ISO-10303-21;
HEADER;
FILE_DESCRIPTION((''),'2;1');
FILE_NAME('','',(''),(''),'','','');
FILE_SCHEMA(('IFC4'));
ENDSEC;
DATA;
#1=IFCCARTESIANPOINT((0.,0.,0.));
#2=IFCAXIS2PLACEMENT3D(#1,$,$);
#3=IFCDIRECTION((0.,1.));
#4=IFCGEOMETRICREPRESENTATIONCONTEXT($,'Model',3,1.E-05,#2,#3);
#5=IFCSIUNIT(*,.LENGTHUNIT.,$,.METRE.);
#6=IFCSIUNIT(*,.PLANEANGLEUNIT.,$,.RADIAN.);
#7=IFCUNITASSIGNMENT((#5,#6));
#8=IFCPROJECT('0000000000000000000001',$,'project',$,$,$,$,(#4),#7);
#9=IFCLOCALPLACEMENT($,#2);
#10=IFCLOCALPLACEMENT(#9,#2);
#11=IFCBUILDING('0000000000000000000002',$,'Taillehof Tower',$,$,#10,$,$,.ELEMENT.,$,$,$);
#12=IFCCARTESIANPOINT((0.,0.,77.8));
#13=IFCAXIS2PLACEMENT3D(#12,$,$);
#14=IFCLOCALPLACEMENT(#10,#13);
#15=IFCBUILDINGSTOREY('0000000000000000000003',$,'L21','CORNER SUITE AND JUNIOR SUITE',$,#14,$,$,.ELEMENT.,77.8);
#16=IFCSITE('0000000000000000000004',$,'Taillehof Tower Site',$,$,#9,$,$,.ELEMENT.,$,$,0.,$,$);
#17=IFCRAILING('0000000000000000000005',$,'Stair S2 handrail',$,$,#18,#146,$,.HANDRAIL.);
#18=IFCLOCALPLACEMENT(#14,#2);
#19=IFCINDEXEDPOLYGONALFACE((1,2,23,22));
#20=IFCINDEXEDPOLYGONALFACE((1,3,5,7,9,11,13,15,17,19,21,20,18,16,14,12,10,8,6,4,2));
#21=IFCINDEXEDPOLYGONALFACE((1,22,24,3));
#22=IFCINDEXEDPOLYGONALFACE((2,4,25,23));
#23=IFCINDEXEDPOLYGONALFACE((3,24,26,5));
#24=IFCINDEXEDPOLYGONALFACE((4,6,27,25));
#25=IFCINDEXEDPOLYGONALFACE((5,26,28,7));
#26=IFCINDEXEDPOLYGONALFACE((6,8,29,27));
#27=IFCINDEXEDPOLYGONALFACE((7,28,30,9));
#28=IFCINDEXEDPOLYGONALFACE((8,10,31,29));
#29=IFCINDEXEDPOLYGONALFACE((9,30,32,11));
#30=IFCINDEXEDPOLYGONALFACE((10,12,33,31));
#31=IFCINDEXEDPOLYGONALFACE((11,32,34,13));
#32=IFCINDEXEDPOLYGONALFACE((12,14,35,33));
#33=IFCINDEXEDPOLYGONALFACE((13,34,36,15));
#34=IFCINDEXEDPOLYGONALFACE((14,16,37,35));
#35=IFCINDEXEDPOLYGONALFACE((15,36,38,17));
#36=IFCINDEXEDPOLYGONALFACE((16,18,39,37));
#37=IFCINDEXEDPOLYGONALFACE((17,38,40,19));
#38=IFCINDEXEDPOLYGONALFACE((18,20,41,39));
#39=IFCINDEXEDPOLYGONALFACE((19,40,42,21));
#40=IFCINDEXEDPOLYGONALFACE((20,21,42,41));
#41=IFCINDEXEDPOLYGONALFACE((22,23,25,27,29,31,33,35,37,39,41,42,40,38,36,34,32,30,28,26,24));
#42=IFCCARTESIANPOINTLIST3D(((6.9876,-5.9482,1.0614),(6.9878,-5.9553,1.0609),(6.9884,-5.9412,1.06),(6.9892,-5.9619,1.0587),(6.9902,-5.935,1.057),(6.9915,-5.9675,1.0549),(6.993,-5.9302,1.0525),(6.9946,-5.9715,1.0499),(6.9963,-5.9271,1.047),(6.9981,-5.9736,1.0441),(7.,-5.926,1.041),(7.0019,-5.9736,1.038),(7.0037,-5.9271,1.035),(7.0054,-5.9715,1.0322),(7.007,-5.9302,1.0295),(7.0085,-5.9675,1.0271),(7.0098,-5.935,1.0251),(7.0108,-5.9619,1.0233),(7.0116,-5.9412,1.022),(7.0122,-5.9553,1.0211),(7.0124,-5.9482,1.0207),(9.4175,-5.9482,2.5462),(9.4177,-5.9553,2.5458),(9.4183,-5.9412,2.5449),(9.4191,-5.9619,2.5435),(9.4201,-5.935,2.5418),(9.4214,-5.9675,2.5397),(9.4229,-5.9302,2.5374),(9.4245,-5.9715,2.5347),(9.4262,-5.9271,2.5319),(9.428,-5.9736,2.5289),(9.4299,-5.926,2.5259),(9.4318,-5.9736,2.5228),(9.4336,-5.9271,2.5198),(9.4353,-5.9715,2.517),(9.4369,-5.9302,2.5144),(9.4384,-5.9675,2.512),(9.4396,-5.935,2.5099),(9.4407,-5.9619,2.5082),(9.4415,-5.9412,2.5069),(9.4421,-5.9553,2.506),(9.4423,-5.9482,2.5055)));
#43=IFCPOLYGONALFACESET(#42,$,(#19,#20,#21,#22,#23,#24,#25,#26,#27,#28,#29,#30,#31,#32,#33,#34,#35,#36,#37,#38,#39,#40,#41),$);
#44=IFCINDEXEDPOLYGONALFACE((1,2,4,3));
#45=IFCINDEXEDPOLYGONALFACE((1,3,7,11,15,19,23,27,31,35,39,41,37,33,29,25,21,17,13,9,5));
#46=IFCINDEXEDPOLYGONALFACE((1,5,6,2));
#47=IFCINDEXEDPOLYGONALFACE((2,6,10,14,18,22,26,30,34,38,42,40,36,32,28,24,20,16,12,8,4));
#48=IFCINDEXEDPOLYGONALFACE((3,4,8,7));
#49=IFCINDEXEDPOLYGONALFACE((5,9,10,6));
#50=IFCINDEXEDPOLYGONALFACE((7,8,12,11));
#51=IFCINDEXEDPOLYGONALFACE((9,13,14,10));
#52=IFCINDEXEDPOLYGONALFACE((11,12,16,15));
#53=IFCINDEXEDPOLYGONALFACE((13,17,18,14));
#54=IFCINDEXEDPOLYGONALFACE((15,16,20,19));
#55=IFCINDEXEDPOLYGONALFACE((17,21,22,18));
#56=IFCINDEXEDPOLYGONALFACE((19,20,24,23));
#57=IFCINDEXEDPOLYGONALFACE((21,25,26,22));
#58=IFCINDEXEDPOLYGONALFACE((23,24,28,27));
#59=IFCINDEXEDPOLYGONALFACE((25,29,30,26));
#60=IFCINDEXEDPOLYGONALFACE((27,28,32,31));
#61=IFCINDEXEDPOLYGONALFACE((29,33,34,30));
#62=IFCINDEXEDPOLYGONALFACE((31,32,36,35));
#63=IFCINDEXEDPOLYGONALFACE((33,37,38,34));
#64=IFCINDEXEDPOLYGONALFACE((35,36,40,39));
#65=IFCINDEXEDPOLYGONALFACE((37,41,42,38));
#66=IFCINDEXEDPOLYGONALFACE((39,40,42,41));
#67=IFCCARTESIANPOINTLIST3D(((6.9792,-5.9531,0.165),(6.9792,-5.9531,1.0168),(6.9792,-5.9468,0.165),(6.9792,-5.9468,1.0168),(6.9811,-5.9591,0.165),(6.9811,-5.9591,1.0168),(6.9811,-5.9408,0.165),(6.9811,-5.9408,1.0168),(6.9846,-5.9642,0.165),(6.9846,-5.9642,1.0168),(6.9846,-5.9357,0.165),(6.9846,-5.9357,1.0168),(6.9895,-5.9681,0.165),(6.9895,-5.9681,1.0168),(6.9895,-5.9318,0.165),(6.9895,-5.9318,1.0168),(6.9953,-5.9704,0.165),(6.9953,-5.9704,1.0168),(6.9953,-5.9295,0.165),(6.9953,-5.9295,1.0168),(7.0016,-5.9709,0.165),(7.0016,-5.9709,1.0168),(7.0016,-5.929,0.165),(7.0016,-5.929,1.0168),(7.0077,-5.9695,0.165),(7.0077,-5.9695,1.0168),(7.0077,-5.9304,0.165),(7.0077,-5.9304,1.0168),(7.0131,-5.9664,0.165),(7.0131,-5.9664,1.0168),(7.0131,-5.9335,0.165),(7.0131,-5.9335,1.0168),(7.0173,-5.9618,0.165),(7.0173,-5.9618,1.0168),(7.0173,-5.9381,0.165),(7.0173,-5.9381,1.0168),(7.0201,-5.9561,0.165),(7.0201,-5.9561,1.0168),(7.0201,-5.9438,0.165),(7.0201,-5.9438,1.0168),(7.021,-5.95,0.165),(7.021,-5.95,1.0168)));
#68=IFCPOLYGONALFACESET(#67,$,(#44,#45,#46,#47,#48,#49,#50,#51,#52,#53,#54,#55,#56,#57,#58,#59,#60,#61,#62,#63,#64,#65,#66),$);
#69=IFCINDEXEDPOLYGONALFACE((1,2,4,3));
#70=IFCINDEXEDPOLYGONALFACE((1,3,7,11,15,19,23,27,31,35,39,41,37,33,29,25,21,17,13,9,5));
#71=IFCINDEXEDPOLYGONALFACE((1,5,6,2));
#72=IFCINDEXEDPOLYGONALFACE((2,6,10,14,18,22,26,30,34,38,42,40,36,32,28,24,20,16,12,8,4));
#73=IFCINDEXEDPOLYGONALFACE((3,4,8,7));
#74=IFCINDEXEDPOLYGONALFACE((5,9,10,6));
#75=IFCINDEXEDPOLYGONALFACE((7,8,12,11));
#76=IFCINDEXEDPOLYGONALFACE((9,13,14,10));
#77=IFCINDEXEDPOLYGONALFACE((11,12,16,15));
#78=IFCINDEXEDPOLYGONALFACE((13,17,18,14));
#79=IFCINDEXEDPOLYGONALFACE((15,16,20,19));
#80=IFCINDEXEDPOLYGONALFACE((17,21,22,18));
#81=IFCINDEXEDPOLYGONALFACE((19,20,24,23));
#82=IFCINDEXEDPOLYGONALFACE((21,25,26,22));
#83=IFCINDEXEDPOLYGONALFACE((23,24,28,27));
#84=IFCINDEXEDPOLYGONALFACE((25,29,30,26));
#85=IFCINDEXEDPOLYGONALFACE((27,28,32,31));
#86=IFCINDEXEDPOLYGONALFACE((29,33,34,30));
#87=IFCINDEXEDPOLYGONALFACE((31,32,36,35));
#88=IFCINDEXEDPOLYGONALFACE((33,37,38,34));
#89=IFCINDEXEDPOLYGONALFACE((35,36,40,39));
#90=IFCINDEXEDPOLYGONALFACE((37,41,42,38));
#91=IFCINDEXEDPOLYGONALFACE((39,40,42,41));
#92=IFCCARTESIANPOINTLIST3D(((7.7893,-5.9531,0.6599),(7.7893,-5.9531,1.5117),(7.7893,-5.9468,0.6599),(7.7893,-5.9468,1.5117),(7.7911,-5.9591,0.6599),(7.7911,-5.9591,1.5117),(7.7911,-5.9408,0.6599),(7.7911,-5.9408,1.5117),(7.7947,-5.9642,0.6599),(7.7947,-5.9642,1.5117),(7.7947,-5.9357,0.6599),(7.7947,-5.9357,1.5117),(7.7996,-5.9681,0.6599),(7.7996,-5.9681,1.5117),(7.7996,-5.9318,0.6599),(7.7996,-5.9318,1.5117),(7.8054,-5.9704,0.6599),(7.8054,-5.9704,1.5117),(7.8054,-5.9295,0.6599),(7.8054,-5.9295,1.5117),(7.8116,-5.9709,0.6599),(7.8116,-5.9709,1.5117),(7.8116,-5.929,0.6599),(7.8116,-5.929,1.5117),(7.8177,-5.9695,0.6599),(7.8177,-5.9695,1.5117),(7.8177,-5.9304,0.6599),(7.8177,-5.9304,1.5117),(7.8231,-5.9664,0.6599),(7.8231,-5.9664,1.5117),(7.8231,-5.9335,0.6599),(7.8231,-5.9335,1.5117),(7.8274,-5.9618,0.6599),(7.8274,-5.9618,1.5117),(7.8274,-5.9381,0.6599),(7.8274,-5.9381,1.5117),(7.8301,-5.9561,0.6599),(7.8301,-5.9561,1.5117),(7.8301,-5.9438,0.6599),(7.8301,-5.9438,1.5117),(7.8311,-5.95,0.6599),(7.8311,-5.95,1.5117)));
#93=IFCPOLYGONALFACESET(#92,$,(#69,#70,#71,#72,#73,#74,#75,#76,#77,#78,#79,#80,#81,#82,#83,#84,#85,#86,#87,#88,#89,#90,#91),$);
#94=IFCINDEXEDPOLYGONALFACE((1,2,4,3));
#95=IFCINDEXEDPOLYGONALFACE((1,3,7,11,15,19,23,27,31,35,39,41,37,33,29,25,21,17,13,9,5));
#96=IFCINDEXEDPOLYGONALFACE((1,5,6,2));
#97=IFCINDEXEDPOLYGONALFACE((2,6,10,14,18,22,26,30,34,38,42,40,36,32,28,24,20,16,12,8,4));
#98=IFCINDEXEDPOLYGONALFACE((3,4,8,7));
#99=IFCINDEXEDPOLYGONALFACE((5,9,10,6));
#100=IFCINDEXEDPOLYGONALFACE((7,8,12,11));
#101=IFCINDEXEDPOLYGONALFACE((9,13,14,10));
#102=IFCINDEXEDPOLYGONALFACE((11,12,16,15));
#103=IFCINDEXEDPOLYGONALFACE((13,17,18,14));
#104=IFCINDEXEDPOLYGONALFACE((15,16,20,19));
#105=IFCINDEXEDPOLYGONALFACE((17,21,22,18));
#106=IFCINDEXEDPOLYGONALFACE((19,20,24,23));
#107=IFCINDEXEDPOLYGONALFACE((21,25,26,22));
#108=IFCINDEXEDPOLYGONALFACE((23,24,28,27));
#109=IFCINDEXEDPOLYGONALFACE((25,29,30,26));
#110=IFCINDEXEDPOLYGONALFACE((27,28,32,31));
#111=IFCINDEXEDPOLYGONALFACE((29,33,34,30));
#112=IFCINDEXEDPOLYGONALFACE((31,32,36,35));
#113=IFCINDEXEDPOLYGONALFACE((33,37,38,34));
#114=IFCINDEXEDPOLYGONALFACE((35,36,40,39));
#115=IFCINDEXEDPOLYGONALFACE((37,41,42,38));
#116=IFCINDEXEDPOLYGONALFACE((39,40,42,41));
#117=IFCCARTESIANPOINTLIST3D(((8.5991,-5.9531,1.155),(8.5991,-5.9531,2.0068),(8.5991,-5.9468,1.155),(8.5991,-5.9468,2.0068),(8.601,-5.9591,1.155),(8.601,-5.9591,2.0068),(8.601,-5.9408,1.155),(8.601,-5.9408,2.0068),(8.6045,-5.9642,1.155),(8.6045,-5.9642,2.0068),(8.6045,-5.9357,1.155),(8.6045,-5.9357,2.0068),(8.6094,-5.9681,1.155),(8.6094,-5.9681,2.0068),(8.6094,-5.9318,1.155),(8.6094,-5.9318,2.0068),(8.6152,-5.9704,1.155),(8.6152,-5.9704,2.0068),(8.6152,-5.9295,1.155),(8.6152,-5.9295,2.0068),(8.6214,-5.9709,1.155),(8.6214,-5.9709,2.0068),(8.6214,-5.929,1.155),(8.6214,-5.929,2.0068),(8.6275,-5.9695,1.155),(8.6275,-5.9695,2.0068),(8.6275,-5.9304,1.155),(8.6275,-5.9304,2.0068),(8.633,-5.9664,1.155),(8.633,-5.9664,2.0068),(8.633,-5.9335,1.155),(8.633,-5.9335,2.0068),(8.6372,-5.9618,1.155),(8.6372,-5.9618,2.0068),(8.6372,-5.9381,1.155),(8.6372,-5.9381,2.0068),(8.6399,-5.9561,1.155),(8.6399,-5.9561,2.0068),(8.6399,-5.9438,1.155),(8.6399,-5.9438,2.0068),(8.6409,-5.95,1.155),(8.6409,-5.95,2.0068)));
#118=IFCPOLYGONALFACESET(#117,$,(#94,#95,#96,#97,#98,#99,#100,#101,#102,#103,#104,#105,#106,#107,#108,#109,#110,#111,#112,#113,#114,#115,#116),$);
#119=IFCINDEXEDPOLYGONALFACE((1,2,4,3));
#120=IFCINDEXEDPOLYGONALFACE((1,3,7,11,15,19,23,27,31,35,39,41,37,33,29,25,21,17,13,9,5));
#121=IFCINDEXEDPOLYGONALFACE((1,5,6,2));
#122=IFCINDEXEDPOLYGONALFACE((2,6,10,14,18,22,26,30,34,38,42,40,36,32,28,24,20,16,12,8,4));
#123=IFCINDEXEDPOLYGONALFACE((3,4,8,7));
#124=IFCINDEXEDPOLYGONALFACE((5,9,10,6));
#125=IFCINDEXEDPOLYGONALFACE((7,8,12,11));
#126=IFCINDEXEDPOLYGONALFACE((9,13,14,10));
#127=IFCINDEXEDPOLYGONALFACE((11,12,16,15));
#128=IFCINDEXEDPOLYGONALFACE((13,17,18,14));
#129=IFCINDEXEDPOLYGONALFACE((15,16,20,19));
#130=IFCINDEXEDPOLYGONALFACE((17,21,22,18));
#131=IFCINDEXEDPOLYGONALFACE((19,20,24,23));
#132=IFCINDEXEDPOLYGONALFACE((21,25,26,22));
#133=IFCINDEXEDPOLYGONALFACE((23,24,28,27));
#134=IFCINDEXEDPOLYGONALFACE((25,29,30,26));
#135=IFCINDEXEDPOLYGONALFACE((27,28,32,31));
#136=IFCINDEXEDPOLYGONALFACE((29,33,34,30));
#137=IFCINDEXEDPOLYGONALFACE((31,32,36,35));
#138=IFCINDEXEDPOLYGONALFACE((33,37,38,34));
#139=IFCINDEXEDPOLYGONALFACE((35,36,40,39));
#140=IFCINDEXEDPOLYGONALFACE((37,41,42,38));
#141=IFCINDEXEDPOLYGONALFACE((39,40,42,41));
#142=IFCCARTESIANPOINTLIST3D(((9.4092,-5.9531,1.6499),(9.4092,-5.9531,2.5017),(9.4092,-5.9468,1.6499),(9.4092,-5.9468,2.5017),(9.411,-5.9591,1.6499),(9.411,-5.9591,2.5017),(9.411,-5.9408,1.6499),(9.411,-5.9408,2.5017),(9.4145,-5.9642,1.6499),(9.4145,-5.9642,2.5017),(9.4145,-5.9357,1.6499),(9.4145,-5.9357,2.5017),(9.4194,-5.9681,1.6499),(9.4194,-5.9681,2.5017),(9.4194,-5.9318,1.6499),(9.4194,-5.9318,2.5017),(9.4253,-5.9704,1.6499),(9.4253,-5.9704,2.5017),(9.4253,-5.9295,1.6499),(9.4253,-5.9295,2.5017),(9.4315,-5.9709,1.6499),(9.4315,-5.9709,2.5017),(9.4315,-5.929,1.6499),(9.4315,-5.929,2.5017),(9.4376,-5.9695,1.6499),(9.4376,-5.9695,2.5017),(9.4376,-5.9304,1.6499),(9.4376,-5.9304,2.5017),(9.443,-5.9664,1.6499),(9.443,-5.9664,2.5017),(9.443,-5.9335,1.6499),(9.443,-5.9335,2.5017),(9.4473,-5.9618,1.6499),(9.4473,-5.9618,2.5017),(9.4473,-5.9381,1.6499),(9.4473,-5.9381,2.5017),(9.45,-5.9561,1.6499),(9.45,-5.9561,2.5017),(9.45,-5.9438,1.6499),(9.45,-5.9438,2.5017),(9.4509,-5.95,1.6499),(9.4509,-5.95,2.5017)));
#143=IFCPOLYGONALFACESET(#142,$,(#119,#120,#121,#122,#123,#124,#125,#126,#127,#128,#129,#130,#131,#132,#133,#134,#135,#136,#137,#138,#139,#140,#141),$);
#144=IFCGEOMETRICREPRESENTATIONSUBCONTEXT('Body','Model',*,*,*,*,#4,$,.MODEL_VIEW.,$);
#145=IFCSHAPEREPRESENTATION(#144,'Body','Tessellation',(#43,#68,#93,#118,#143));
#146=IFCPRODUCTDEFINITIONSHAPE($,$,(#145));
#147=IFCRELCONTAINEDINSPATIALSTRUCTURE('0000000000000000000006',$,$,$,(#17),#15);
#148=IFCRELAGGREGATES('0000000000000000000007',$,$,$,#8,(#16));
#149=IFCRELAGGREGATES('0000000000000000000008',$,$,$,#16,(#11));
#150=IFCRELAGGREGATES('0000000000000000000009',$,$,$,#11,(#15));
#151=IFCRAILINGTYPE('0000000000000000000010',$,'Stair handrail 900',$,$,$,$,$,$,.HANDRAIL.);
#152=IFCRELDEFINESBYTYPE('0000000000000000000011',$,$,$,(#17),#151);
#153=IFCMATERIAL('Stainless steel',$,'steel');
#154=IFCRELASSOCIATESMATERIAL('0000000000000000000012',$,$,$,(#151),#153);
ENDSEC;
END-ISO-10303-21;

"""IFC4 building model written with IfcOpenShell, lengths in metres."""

from ifc_helpers import new_model, si_unit, direction, frame, origin, origin_2d, place, context, subcontext, project, spatial, circle, extrude, material, type_object, element, save


model = new_model("IFC4")

# Units and contexts
model_context = context("Model", 3, precision=1e-05, world=origin(), true_north=direction((0.0, 1.0)))
body_context = subcontext(model_context, "Body", "Model", "MODEL_VIEW")
ifc_project = project(units=[si_unit("LENGTHUNIT", "METRE"), si_unit("PLANEANGLEUNIT", "RADIAN")], contexts=[model_context])

# Site, building, storey
site_placement = place(None, origin())
site = spatial("IfcSite", under=ifc_project, at=site_placement, Name="Taillehof Tower Site", CompositionType="ELEMENT", RefElevation=0.0)
building_placement = place(site_placement, origin())
building = spatial("IfcBuilding", under=site, at=building_placement, Name="Taillehof Tower", CompositionType="ELEMENT")
storey_placement = place(building_placement, frame((0.0, 0.0, 77.8)))
storey = spatial("IfcBuildingStorey", under=building, at=storey_placement, Name="L21", Description="CORNER SUITE AND JUNIOR SUITE", CompositionType="ELEMENT", Elevation=77.8)

# Railing
ifc_material_1 = material(Name="Stainless steel", Category="steel")
railing_type = type_object("IfcRailingType", Name="Stair handrail 900", PredefinedType="HANDRAIL", material=ifc_material_1)
railing_1_placement = place(storey_placement, frame((7.0, -5.95, 0.165)))
element("IfcRailing", 1, at=railing_1_placement, inside=storey, type_object=railing_type, Name="Stair S2 handrail", PredefinedType="HANDRAIL", context=body_context, shape_type="SweptSolid", body=[
    extrude(circle(Radius=0.0239, at=origin_2d()), frame((0.0, 0.0, 0.876), z_axis=(0.853297, 0.0, 0.521426), x_axis=(0.0, 1.0, 0.0)), (0.0, 0.0, 1.0), 2.8477),
    extrude(circle(Radius=0.021, at=origin_2d()), origin(), (0.0, 0.0, 1.0), 0.8518),
    extrude(circle(Radius=0.021, at=origin_2d()), frame((0.8101, 0.0, 0.4949)), (0.0, 0.0, 1.0), 0.8518),
    extrude(circle(Radius=0.021, at=origin_2d()), frame((1.6199, 0.0, 0.99)), (0.0, 0.0, 1.0), 0.8518),
    extrude(circle(Radius=0.021, at=origin_2d()), frame((2.4299, 0.0, 1.4849)), (0.0, 0.0, 1.0), 0.8518),
])

save(model, "model.ifc")
